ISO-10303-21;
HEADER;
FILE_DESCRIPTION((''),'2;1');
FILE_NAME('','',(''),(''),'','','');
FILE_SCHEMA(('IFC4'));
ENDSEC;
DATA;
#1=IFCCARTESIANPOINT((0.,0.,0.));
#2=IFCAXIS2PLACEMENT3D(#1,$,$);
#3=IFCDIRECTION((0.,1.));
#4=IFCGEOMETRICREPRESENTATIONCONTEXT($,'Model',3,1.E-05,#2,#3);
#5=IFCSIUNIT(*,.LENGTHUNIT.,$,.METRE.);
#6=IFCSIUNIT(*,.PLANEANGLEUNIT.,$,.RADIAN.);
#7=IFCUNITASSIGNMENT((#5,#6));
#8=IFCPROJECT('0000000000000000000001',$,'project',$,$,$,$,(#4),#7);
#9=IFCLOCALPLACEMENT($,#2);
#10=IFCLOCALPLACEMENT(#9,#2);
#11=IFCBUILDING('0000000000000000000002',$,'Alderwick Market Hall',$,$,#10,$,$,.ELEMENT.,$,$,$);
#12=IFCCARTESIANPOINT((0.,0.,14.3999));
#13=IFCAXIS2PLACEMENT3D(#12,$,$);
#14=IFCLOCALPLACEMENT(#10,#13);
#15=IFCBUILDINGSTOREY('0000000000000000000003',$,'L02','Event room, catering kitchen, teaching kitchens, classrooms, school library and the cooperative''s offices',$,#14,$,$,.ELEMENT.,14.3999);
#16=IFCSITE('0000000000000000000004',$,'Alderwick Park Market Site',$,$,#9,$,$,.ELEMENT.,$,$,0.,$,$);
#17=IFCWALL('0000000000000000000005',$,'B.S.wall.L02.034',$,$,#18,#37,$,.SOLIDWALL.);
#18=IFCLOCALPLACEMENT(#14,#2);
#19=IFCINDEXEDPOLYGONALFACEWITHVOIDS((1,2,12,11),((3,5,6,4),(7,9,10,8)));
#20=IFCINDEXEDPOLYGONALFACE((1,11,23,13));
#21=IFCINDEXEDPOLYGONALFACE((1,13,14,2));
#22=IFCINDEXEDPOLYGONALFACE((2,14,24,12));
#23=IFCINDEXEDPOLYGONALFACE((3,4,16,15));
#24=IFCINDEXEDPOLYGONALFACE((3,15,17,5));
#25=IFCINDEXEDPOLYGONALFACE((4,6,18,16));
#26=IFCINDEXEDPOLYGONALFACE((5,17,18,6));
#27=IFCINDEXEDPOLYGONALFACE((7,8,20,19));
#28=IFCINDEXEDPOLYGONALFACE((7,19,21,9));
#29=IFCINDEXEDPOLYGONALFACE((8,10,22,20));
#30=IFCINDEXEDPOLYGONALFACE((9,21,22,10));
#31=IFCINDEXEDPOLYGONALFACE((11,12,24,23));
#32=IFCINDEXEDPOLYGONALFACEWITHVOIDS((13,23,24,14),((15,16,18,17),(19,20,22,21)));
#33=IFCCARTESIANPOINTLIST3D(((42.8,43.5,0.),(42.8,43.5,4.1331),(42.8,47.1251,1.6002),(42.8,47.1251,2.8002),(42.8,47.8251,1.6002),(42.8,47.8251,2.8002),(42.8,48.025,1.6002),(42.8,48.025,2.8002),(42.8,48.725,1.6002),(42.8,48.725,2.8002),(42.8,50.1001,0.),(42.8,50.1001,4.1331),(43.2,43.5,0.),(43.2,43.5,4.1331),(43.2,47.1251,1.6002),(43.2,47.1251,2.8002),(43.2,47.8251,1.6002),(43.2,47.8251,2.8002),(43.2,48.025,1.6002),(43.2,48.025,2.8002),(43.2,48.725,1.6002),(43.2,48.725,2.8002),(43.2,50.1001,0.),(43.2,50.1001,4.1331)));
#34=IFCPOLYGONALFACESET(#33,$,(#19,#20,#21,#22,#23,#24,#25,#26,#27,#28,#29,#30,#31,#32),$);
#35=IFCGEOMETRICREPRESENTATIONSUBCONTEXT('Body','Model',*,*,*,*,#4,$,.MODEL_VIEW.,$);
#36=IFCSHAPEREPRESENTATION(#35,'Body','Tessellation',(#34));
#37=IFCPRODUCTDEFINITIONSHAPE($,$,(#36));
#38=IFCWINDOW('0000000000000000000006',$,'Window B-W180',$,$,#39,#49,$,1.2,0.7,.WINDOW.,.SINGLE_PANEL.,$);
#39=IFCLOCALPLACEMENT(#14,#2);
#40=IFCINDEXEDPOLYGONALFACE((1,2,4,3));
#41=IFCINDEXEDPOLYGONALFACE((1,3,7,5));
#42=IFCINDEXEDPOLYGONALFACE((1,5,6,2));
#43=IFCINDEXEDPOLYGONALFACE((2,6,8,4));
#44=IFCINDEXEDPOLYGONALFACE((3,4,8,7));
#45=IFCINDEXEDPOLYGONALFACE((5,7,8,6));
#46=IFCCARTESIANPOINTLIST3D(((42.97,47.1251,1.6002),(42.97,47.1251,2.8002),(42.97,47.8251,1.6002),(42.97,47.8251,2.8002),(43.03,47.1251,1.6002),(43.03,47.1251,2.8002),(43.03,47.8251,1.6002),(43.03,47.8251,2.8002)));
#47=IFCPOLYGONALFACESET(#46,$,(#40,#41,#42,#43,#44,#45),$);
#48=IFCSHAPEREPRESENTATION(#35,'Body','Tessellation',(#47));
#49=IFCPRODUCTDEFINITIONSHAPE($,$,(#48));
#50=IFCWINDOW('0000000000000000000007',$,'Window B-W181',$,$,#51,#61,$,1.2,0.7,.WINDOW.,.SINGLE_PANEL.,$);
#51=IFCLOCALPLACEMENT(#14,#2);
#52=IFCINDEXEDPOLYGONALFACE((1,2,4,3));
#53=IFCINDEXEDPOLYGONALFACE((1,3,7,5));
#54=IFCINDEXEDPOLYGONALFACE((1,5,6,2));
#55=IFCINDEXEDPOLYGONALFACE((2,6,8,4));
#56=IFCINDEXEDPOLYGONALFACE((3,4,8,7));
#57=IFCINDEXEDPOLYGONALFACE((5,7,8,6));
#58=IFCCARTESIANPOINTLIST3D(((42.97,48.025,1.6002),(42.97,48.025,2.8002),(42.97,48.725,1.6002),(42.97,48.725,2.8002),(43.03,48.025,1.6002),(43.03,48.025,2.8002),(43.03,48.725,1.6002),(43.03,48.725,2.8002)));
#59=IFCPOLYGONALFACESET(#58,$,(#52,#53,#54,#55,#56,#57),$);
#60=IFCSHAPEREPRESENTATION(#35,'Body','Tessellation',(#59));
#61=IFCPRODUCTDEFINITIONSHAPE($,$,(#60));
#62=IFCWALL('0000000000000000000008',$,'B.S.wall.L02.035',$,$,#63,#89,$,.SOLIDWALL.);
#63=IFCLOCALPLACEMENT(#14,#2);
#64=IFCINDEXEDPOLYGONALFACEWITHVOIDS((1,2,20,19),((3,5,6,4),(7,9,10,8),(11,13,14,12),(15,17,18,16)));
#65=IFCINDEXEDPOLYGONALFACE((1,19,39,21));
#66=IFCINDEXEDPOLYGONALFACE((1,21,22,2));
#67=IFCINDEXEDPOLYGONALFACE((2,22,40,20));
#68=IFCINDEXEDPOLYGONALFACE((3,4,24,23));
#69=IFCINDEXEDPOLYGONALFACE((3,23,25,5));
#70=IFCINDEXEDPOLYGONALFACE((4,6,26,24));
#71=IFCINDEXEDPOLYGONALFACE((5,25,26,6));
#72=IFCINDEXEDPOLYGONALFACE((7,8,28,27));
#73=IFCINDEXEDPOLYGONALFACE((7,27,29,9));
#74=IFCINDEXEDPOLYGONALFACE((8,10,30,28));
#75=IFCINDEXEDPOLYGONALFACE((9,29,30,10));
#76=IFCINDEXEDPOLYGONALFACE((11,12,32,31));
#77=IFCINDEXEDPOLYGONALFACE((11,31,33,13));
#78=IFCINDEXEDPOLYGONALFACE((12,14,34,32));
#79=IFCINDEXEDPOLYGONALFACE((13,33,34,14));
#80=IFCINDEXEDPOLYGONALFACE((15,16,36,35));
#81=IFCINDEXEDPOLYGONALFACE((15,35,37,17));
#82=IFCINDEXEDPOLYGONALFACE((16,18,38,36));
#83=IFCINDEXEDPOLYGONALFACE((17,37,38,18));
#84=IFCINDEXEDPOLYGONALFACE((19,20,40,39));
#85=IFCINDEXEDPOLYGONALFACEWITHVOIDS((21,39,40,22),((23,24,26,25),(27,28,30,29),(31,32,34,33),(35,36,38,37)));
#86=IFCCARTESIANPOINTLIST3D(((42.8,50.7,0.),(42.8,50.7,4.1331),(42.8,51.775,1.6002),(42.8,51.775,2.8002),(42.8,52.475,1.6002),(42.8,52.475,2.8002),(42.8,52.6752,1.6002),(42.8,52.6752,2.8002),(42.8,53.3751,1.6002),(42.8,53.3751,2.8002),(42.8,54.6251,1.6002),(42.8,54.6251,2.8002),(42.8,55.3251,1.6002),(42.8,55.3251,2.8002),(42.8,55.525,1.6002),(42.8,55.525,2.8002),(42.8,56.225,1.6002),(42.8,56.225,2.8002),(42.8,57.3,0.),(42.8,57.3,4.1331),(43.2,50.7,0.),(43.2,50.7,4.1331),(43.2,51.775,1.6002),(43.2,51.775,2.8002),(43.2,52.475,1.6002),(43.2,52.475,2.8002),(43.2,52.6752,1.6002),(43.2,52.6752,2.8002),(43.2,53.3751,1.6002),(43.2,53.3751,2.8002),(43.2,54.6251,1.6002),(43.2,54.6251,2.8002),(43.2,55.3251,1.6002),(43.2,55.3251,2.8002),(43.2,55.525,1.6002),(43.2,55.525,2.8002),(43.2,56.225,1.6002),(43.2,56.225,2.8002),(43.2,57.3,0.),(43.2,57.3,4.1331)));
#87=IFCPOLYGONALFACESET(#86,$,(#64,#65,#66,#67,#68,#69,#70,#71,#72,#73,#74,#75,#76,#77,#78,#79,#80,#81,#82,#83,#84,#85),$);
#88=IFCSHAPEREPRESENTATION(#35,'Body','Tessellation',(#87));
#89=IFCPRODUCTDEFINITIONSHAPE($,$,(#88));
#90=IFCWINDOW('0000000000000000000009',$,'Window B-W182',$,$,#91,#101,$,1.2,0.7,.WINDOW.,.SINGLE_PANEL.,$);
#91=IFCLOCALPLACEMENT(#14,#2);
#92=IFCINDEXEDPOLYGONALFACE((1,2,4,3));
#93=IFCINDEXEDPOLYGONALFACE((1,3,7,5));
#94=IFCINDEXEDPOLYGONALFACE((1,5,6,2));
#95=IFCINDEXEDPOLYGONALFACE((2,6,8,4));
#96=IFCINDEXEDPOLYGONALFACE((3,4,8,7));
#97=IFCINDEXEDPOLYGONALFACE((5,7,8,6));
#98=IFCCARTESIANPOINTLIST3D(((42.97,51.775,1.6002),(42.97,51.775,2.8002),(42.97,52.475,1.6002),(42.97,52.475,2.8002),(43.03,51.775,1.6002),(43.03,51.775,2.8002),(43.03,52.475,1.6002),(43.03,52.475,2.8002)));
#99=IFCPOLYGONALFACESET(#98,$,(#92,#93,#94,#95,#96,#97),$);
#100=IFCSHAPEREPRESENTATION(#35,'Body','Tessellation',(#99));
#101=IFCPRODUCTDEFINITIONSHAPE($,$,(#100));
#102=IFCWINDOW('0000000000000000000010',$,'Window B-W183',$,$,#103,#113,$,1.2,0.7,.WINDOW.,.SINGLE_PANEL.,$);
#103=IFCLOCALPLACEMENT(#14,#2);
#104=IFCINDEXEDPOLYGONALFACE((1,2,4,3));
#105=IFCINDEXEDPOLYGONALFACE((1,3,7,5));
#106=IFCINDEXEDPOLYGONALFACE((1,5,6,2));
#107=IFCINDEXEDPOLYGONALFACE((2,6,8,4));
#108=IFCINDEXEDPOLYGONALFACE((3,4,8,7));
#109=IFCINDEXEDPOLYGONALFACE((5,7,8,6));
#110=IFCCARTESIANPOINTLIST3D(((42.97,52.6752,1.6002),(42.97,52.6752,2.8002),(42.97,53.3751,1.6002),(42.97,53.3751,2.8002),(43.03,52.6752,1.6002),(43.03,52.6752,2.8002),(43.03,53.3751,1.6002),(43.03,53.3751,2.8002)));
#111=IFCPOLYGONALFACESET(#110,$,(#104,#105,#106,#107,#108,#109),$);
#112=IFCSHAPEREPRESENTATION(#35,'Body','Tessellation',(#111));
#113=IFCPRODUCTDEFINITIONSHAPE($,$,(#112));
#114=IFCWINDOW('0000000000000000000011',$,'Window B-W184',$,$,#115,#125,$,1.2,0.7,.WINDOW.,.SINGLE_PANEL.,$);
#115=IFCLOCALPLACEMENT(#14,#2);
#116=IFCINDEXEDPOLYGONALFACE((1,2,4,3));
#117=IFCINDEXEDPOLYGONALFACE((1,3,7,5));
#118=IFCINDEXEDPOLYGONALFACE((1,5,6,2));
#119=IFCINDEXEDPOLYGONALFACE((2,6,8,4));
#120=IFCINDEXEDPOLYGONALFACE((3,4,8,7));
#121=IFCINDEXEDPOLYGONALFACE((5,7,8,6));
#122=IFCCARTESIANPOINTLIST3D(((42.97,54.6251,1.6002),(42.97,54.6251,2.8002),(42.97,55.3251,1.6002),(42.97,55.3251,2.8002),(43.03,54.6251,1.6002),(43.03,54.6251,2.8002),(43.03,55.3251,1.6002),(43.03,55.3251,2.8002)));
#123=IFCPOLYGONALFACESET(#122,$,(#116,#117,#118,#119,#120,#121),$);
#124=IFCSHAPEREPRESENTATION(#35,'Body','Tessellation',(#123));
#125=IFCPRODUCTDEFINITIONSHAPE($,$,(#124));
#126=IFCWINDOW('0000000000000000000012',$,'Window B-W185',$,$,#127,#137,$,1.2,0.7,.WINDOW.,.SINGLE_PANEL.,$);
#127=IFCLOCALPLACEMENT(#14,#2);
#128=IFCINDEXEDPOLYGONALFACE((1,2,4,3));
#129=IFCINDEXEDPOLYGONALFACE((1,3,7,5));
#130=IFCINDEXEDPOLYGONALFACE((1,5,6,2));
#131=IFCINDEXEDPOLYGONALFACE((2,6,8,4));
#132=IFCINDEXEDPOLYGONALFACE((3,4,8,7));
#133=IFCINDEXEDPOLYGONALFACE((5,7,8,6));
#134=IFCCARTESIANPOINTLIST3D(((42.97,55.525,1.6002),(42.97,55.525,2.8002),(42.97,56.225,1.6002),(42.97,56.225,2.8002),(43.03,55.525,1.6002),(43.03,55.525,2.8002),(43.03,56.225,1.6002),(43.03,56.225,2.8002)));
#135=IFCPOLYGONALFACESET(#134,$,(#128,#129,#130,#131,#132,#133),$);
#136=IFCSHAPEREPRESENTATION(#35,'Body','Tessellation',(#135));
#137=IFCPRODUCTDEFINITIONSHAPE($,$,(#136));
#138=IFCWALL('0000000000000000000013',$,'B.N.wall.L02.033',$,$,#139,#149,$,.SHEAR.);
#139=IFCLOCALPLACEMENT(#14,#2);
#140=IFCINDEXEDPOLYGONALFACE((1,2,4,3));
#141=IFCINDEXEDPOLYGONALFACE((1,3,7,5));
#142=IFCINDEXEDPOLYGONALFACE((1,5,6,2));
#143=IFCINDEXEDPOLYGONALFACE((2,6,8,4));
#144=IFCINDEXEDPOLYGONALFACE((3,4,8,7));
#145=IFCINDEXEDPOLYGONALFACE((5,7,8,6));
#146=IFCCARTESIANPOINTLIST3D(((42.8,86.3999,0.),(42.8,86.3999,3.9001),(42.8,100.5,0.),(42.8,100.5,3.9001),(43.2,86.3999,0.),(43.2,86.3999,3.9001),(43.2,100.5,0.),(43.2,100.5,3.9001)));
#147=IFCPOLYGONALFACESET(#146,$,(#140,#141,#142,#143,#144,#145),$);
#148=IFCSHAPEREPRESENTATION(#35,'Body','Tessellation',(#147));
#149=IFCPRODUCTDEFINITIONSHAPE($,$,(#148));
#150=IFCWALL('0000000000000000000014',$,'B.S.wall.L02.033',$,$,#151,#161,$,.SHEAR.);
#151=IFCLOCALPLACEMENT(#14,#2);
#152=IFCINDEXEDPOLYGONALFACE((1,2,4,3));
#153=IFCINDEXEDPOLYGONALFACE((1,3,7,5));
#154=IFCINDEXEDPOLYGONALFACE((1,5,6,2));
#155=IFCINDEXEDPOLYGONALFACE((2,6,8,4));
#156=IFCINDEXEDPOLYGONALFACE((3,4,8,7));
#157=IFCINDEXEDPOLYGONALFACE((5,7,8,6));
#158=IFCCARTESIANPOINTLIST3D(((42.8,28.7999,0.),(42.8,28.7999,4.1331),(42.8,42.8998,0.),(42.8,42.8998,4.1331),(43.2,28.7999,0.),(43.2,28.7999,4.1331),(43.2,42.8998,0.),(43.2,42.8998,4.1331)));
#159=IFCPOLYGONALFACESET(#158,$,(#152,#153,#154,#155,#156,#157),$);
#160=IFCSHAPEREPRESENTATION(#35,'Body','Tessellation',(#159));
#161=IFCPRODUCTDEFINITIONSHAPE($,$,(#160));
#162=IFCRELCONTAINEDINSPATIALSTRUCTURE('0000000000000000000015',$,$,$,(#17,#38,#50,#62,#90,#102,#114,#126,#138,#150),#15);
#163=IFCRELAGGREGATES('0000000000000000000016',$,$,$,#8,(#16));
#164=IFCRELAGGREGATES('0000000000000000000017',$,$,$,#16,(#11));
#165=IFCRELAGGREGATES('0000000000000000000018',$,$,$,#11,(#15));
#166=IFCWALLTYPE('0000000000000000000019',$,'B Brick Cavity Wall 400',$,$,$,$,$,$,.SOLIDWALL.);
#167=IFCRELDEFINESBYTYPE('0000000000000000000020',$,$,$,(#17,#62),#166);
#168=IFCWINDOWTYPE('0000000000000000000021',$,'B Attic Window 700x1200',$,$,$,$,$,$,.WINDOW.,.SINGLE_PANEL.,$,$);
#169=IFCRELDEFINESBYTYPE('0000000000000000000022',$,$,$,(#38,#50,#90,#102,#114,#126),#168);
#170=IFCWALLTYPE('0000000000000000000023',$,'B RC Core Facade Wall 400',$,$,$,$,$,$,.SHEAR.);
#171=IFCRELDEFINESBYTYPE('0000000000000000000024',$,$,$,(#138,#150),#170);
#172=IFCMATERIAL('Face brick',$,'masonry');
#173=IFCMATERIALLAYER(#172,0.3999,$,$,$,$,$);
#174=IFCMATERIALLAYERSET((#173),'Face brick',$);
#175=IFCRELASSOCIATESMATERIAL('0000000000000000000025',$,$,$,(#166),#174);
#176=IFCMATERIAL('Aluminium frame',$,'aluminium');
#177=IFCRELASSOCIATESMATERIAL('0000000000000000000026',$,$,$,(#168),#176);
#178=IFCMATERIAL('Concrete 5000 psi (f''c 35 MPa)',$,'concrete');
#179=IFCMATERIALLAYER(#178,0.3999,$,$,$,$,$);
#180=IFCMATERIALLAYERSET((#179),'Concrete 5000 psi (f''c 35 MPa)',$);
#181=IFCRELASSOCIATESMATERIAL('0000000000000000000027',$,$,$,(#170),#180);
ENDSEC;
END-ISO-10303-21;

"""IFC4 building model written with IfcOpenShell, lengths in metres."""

from ifc_helpers import new_model, si_unit, direction, frame, frame_2d, origin, place, context, subcontext, project, spatial, rectangle, extrude, material, layer, layer_set, type_object, element, fill, save


model = new_model("IFC4")

# Units and contexts
model_context = context("Model", 3, precision=1e-05, world=origin(), true_north=direction((0.0, 1.0)))
body_context = subcontext(model_context, "Body", "Model", "MODEL_VIEW")
ifc_project = project(units=[si_unit("LENGTHUNIT", "METRE"), si_unit("PLANEANGLEUNIT", "RADIAN")], contexts=[model_context])

# Site, building, storey
site_placement = place(None, origin())
site = spatial("IfcSite", under=ifc_project, at=site_placement, Name="Alderwick Park Market Site", CompositionType="ELEMENT", RefElevation=0.0)
building_placement = place(site_placement, origin())
building = spatial("IfcBuilding", under=site, at=building_placement, Name="Alderwick Market Hall", CompositionType="ELEMENT")
storey_placement = place(building_placement, frame((0.0, 0.0, 14.3999)))
storey = spatial("IfcBuildingStorey", under=building, at=storey_placement, Name="L02", Description="Event room, catering kitchen, teaching kitchens, classrooms, school library and the cooperative's offices", CompositionType="ELEMENT", Elevation=14.3999)

# Shared definitions
ifc_material_1 = material(Name="Concrete 5000 psi (f'c 35 MPa)", Category="concrete")

# Shared definitions
ifc_material_2 = material(Name="Face brick", Category="masonry")
ifc_layer_1 = layer(ifc_material_2, 0.3999)
ifc_layer_set_1 = layer_set([ifc_layer_1], Name="Face brick")
wall_type_1 = type_object("IfcWallType", Name="B Brick Cavity Wall 400", PredefinedType="SOLIDWALL", material=ifc_layer_set_1)
ifc_material_3 = material(Name="Aluminium frame", Category="aluminium")

# Walls, openings, windows
wall_1_placement = place(storey_placement, frame((43.0, 43.5, 0.0), z_axis=(0.0, 0.0, 1.0), x_axis=(0.0, 1.0, 0.0)))
wall_1 = element("IfcWall", 1, at=wall_1_placement, inside=storey, type_object=wall_type_1, Name="B.S.wall.L02.034", PredefinedType="SOLIDWALL", context=body_context, shape_type="SweptSolid", body=[
    extrude(rectangle(XDim=6.6001, YDim=0.3999, at=frame_2d((3.3, 0.0))), origin(), (0.0, 0.0, 1.0), 4.1331),
])
opening_1_placement = place(wall_1_placement, frame((3.625, 0.0, 1.6001)))
opening_1 = element("IfcOpeningElement", 2, at=opening_1_placement, cuts=wall_1, PredefinedType="OPENING", context=body_context, shape_type="SweptSolid", body=[
    extrude(rectangle(XDim=0.7, YDim=1.2, at=frame_2d((0.3501, 0.6001))), frame((0.0, 0.21, 0.0), z_axis=(0.0, -1.0, 0.0), x_axis=(1.0, 0.0, 0.0)), (0.0, 0.0, 1.0), 0.4199),
])
opening_2_placement = place(wall_1_placement, frame((4.5249, 0.0, 1.6001)))
opening_2 = element("IfcOpeningElement", 3, at=opening_2_placement, cuts=wall_1, PredefinedType="OPENING", context=body_context, shape_type="SweptSolid", body=[
    extrude(rectangle(XDim=0.7, YDim=1.2, at=frame_2d((0.3501, 0.6001))), frame((0.0, 0.21, 0.0), z_axis=(0.0, -1.0, 0.0), x_axis=(1.0, 0.0, 0.0)), (0.0, 0.0, 1.0), 0.4199),
])
window_type_1 = type_object("IfcWindowType", Name="B Attic Window 700x1200", PartitioningType="SINGLE_PANEL", PredefinedType="WINDOW", material=ifc_material_3)
window_1_placement = place(opening_1_placement, origin())
window_1 = element("IfcWindow", 4, at=window_1_placement, inside=storey, type_object=window_type_1, Name="Window B-W180", OverallHeight=1.2, OverallWidth=0.7, PartitioningType="SINGLE_PANEL", PredefinedType="WINDOW", context=body_context, shape_type="SweptSolid", body=[
    extrude(rectangle(XDim=0.7, YDim=1.2, at=frame_2d((0.3501, 0.6001))), frame((0.0, 0.03, 0.0), z_axis=(0.0, -1.0, 0.0), x_axis=(1.0, 0.0, 0.0)), (0.0, 0.0, 1.0), 0.0601),
])
fill(opening_1, window_1)
window_2_placement = place(opening_2_placement, origin())
window_2 = element("IfcWindow", 5, at=window_2_placement, inside=storey, type_object=window_type_1, Name="Window B-W181", OverallHeight=1.2, OverallWidth=0.7, PartitioningType="SINGLE_PANEL", PredefinedType="WINDOW", context=body_context, shape_type="SweptSolid", body=[
    extrude(rectangle(XDim=0.7, YDim=1.2, at=frame_2d((0.3501, 0.6001))), frame((0.0, 0.03, 0.0), z_axis=(0.0, -1.0, 0.0), x_axis=(1.0, 0.0, 0.0)), (0.0, 0.0, 1.0), 0.0601),
])
fill(opening_2, window_2)
wall_2_placement = place(storey_placement, frame((43.0, 50.7, 0.0), z_axis=(0.0, 0.0, 1.0), x_axis=(0.0, 1.0, 0.0)))
wall_2 = element("IfcWall", 6, at=wall_2_placement, inside=storey, type_object=wall_type_1, Name="B.S.wall.L02.035", PredefinedType="SOLIDWALL", context=body_context, shape_type="SweptSolid", body=[
    extrude(rectangle(XDim=6.6001, YDim=0.3999, at=frame_2d((3.3, 0.0))), origin(), (0.0, 0.0, 1.0), 4.1331),
])
opening_3_placement = place(wall_2_placement, frame((1.075, 0.0, 1.6001)))
opening_3 = element("IfcOpeningElement", 7, at=opening_3_placement, cuts=wall_2, PredefinedType="OPENING", context=body_context, shape_type="SweptSolid", body=[
    extrude(rectangle(XDim=0.7, YDim=1.2, at=frame_2d((0.3501, 0.6001))), frame((0.0, 0.21, 0.0), z_axis=(0.0, -1.0, 0.0), x_axis=(1.0, 0.0, 0.0)), (0.0, 0.0, 1.0), 0.4199),
])
opening_4_placement = place(wall_2_placement, frame((1.9751, 0.0, 1.6001)))
opening_4 = element("IfcOpeningElement", 8, at=opening_4_placement, cuts=wall_2, PredefinedType="OPENING", context=body_context, shape_type="SweptSolid", body=[
    extrude(rectangle(XDim=0.7, YDim=1.2, at=frame_2d((0.3501, 0.6001))), frame((0.0, 0.21, 0.0), z_axis=(0.0, -1.0, 0.0), x_axis=(1.0, 0.0, 0.0)), (0.0, 0.0, 1.0), 0.4199),
])
opening_5_placement = place(wall_2_placement, frame((3.925, 0.0, 1.6001)))
opening_5 = element("IfcOpeningElement", 9, at=opening_5_placement, cuts=wall_2, PredefinedType="OPENING", context=body_context, shape_type="SweptSolid", body=[
    extrude(rectangle(XDim=0.7, YDim=1.2, at=frame_2d((0.3501, 0.6001))), frame((0.0, 0.21, 0.0), z_axis=(0.0, -1.0, 0.0), x_axis=(1.0, 0.0, 0.0)), (0.0, 0.0, 1.0), 0.4199),
])
opening_6_placement = place(wall_2_placement, frame((4.825, 0.0, 1.6001)))
opening_6 = element("IfcOpeningElement", 10, at=opening_6_placement, cuts=wall_2, PredefinedType="OPENING", context=body_context, shape_type="SweptSolid", body=[
    extrude(rectangle(XDim=0.7, YDim=1.2, at=frame_2d((0.3501, 0.6001))), frame((0.0, 0.21, 0.0), z_axis=(0.0, -1.0, 0.0), x_axis=(1.0, 0.0, 0.0)), (0.0, 0.0, 1.0), 0.4199),
])
window_3_placement = place(opening_3_placement, origin())
window_3 = element("IfcWindow", 11, at=window_3_placement, inside=storey, type_object=window_type_1, Name="Window B-W182", OverallHeight=1.2, OverallWidth=0.7, PartitioningType="SINGLE_PANEL", PredefinedType="WINDOW", context=body_context, shape_type="SweptSolid", body=[
    extrude(rectangle(XDim=0.7, YDim=1.2, at=frame_2d((0.3501, 0.6001))), frame((0.0, 0.03, 0.0), z_axis=(0.0, -1.0, 0.0), x_axis=(1.0, 0.0, 0.0)), (0.0, 0.0, 1.0), 0.0601),
])
fill(opening_3, window_3)
window_4_placement = place(opening_4_placement, origin())
window_4 = element("IfcWindow", 12, at=window_4_placement, inside=storey, type_object=window_type_1, Name="Window B-W183", OverallHeight=1.2, OverallWidth=0.7, PartitioningType="SINGLE_PANEL", PredefinedType="WINDOW", context=body_context, shape_type="SweptSolid", body=[
    extrude(rectangle(XDim=0.7, YDim=1.2, at=frame_2d((0.3501, 0.6001))), frame((0.0, 0.03, 0.0), z_axis=(0.0, -1.0, 0.0), x_axis=(1.0, 0.0, 0.0)), (0.0, 0.0, 1.0), 0.0601),
])
fill(opening_4, window_4)
window_5_placement = place(opening_5_placement, origin())
window_5 = element("IfcWindow", 13, at=window_5_placement, inside=storey, type_object=window_type_1, Name="Window B-W184", OverallHeight=1.2, OverallWidth=0.7, PartitioningType="SINGLE_PANEL", PredefinedType="WINDOW", context=body_context, shape_type="SweptSolid", body=[
    extrude(rectangle(XDim=0.7, YDim=1.2, at=frame_2d((0.3501, 0.6001))), frame((0.0, 0.03, 0.0), z_axis=(0.0, -1.0, 0.0), x_axis=(1.0, 0.0, 0.0)), (0.0, 0.0, 1.0), 0.0601),
])
fill(opening_5, window_5)
window_6_placement = place(opening_6_placement, origin())
window_6 = element("IfcWindow", 14, at=window_6_placement, inside=storey, type_object=window_type_1, Name="Window B-W185", OverallHeight=1.2, OverallWidth=0.7, PartitioningType="SINGLE_PANEL", PredefinedType="WINDOW", context=body_context, shape_type="SweptSolid", body=[
    extrude(rectangle(XDim=0.7, YDim=1.2, at=frame_2d((0.3501, 0.6001))), frame((0.0, 0.03, 0.0), z_axis=(0.0, -1.0, 0.0), x_axis=(1.0, 0.0, 0.0)), (0.0, 0.0, 1.0), 0.0601),
])
fill(opening_6, window_6)

# Walls
ifc_layer_2 = layer(ifc_material_1, 0.3999)
ifc_layer_set_2 = layer_set([ifc_layer_2], Name="Concrete 5000 psi (f'c 35 MPa)")
wall_type_2 = type_object("IfcWallType", Name="B RC Core Facade Wall 400", PredefinedType="SHEAR", material=ifc_layer_set_2)
wall_3_placement = place(storey_placement, frame((43.0, 86.3999, 0.0), z_axis=(0.0, 0.0, 1.0), x_axis=(0.0, 1.0, 0.0)))
element("IfcWall", 15, at=wall_3_placement, inside=storey, type_object=wall_type_2, Name="B.N.wall.L02.033", PredefinedType="SHEAR", context=body_context, shape_type="SweptSolid", body=[
    extrude(rectangle(XDim=14.1001, YDim=0.3999, at=frame_2d((7.05, 0.0))), origin(), (0.0, 0.0, 1.0), 3.9001),
])
wall_4_placement = place(storey_placement, frame((43.0, 28.8, 0.0), z_axis=(0.0, 0.0, 1.0), x_axis=(0.0, 1.0, 0.0)))
element("IfcWall", 16, at=wall_4_placement, inside=storey, type_object=wall_type_2, Name="B.S.wall.L02.033", PredefinedType="SHEAR", context=body_context, shape_type="SweptSolid", body=[
    extrude(rectangle(XDim=14.0999, YDim=0.3999, at=frame_2d((7.0498, 0.0))), origin(), (0.0, 0.0, 1.0), 4.1331),
])

save(model, "model.ifc")
